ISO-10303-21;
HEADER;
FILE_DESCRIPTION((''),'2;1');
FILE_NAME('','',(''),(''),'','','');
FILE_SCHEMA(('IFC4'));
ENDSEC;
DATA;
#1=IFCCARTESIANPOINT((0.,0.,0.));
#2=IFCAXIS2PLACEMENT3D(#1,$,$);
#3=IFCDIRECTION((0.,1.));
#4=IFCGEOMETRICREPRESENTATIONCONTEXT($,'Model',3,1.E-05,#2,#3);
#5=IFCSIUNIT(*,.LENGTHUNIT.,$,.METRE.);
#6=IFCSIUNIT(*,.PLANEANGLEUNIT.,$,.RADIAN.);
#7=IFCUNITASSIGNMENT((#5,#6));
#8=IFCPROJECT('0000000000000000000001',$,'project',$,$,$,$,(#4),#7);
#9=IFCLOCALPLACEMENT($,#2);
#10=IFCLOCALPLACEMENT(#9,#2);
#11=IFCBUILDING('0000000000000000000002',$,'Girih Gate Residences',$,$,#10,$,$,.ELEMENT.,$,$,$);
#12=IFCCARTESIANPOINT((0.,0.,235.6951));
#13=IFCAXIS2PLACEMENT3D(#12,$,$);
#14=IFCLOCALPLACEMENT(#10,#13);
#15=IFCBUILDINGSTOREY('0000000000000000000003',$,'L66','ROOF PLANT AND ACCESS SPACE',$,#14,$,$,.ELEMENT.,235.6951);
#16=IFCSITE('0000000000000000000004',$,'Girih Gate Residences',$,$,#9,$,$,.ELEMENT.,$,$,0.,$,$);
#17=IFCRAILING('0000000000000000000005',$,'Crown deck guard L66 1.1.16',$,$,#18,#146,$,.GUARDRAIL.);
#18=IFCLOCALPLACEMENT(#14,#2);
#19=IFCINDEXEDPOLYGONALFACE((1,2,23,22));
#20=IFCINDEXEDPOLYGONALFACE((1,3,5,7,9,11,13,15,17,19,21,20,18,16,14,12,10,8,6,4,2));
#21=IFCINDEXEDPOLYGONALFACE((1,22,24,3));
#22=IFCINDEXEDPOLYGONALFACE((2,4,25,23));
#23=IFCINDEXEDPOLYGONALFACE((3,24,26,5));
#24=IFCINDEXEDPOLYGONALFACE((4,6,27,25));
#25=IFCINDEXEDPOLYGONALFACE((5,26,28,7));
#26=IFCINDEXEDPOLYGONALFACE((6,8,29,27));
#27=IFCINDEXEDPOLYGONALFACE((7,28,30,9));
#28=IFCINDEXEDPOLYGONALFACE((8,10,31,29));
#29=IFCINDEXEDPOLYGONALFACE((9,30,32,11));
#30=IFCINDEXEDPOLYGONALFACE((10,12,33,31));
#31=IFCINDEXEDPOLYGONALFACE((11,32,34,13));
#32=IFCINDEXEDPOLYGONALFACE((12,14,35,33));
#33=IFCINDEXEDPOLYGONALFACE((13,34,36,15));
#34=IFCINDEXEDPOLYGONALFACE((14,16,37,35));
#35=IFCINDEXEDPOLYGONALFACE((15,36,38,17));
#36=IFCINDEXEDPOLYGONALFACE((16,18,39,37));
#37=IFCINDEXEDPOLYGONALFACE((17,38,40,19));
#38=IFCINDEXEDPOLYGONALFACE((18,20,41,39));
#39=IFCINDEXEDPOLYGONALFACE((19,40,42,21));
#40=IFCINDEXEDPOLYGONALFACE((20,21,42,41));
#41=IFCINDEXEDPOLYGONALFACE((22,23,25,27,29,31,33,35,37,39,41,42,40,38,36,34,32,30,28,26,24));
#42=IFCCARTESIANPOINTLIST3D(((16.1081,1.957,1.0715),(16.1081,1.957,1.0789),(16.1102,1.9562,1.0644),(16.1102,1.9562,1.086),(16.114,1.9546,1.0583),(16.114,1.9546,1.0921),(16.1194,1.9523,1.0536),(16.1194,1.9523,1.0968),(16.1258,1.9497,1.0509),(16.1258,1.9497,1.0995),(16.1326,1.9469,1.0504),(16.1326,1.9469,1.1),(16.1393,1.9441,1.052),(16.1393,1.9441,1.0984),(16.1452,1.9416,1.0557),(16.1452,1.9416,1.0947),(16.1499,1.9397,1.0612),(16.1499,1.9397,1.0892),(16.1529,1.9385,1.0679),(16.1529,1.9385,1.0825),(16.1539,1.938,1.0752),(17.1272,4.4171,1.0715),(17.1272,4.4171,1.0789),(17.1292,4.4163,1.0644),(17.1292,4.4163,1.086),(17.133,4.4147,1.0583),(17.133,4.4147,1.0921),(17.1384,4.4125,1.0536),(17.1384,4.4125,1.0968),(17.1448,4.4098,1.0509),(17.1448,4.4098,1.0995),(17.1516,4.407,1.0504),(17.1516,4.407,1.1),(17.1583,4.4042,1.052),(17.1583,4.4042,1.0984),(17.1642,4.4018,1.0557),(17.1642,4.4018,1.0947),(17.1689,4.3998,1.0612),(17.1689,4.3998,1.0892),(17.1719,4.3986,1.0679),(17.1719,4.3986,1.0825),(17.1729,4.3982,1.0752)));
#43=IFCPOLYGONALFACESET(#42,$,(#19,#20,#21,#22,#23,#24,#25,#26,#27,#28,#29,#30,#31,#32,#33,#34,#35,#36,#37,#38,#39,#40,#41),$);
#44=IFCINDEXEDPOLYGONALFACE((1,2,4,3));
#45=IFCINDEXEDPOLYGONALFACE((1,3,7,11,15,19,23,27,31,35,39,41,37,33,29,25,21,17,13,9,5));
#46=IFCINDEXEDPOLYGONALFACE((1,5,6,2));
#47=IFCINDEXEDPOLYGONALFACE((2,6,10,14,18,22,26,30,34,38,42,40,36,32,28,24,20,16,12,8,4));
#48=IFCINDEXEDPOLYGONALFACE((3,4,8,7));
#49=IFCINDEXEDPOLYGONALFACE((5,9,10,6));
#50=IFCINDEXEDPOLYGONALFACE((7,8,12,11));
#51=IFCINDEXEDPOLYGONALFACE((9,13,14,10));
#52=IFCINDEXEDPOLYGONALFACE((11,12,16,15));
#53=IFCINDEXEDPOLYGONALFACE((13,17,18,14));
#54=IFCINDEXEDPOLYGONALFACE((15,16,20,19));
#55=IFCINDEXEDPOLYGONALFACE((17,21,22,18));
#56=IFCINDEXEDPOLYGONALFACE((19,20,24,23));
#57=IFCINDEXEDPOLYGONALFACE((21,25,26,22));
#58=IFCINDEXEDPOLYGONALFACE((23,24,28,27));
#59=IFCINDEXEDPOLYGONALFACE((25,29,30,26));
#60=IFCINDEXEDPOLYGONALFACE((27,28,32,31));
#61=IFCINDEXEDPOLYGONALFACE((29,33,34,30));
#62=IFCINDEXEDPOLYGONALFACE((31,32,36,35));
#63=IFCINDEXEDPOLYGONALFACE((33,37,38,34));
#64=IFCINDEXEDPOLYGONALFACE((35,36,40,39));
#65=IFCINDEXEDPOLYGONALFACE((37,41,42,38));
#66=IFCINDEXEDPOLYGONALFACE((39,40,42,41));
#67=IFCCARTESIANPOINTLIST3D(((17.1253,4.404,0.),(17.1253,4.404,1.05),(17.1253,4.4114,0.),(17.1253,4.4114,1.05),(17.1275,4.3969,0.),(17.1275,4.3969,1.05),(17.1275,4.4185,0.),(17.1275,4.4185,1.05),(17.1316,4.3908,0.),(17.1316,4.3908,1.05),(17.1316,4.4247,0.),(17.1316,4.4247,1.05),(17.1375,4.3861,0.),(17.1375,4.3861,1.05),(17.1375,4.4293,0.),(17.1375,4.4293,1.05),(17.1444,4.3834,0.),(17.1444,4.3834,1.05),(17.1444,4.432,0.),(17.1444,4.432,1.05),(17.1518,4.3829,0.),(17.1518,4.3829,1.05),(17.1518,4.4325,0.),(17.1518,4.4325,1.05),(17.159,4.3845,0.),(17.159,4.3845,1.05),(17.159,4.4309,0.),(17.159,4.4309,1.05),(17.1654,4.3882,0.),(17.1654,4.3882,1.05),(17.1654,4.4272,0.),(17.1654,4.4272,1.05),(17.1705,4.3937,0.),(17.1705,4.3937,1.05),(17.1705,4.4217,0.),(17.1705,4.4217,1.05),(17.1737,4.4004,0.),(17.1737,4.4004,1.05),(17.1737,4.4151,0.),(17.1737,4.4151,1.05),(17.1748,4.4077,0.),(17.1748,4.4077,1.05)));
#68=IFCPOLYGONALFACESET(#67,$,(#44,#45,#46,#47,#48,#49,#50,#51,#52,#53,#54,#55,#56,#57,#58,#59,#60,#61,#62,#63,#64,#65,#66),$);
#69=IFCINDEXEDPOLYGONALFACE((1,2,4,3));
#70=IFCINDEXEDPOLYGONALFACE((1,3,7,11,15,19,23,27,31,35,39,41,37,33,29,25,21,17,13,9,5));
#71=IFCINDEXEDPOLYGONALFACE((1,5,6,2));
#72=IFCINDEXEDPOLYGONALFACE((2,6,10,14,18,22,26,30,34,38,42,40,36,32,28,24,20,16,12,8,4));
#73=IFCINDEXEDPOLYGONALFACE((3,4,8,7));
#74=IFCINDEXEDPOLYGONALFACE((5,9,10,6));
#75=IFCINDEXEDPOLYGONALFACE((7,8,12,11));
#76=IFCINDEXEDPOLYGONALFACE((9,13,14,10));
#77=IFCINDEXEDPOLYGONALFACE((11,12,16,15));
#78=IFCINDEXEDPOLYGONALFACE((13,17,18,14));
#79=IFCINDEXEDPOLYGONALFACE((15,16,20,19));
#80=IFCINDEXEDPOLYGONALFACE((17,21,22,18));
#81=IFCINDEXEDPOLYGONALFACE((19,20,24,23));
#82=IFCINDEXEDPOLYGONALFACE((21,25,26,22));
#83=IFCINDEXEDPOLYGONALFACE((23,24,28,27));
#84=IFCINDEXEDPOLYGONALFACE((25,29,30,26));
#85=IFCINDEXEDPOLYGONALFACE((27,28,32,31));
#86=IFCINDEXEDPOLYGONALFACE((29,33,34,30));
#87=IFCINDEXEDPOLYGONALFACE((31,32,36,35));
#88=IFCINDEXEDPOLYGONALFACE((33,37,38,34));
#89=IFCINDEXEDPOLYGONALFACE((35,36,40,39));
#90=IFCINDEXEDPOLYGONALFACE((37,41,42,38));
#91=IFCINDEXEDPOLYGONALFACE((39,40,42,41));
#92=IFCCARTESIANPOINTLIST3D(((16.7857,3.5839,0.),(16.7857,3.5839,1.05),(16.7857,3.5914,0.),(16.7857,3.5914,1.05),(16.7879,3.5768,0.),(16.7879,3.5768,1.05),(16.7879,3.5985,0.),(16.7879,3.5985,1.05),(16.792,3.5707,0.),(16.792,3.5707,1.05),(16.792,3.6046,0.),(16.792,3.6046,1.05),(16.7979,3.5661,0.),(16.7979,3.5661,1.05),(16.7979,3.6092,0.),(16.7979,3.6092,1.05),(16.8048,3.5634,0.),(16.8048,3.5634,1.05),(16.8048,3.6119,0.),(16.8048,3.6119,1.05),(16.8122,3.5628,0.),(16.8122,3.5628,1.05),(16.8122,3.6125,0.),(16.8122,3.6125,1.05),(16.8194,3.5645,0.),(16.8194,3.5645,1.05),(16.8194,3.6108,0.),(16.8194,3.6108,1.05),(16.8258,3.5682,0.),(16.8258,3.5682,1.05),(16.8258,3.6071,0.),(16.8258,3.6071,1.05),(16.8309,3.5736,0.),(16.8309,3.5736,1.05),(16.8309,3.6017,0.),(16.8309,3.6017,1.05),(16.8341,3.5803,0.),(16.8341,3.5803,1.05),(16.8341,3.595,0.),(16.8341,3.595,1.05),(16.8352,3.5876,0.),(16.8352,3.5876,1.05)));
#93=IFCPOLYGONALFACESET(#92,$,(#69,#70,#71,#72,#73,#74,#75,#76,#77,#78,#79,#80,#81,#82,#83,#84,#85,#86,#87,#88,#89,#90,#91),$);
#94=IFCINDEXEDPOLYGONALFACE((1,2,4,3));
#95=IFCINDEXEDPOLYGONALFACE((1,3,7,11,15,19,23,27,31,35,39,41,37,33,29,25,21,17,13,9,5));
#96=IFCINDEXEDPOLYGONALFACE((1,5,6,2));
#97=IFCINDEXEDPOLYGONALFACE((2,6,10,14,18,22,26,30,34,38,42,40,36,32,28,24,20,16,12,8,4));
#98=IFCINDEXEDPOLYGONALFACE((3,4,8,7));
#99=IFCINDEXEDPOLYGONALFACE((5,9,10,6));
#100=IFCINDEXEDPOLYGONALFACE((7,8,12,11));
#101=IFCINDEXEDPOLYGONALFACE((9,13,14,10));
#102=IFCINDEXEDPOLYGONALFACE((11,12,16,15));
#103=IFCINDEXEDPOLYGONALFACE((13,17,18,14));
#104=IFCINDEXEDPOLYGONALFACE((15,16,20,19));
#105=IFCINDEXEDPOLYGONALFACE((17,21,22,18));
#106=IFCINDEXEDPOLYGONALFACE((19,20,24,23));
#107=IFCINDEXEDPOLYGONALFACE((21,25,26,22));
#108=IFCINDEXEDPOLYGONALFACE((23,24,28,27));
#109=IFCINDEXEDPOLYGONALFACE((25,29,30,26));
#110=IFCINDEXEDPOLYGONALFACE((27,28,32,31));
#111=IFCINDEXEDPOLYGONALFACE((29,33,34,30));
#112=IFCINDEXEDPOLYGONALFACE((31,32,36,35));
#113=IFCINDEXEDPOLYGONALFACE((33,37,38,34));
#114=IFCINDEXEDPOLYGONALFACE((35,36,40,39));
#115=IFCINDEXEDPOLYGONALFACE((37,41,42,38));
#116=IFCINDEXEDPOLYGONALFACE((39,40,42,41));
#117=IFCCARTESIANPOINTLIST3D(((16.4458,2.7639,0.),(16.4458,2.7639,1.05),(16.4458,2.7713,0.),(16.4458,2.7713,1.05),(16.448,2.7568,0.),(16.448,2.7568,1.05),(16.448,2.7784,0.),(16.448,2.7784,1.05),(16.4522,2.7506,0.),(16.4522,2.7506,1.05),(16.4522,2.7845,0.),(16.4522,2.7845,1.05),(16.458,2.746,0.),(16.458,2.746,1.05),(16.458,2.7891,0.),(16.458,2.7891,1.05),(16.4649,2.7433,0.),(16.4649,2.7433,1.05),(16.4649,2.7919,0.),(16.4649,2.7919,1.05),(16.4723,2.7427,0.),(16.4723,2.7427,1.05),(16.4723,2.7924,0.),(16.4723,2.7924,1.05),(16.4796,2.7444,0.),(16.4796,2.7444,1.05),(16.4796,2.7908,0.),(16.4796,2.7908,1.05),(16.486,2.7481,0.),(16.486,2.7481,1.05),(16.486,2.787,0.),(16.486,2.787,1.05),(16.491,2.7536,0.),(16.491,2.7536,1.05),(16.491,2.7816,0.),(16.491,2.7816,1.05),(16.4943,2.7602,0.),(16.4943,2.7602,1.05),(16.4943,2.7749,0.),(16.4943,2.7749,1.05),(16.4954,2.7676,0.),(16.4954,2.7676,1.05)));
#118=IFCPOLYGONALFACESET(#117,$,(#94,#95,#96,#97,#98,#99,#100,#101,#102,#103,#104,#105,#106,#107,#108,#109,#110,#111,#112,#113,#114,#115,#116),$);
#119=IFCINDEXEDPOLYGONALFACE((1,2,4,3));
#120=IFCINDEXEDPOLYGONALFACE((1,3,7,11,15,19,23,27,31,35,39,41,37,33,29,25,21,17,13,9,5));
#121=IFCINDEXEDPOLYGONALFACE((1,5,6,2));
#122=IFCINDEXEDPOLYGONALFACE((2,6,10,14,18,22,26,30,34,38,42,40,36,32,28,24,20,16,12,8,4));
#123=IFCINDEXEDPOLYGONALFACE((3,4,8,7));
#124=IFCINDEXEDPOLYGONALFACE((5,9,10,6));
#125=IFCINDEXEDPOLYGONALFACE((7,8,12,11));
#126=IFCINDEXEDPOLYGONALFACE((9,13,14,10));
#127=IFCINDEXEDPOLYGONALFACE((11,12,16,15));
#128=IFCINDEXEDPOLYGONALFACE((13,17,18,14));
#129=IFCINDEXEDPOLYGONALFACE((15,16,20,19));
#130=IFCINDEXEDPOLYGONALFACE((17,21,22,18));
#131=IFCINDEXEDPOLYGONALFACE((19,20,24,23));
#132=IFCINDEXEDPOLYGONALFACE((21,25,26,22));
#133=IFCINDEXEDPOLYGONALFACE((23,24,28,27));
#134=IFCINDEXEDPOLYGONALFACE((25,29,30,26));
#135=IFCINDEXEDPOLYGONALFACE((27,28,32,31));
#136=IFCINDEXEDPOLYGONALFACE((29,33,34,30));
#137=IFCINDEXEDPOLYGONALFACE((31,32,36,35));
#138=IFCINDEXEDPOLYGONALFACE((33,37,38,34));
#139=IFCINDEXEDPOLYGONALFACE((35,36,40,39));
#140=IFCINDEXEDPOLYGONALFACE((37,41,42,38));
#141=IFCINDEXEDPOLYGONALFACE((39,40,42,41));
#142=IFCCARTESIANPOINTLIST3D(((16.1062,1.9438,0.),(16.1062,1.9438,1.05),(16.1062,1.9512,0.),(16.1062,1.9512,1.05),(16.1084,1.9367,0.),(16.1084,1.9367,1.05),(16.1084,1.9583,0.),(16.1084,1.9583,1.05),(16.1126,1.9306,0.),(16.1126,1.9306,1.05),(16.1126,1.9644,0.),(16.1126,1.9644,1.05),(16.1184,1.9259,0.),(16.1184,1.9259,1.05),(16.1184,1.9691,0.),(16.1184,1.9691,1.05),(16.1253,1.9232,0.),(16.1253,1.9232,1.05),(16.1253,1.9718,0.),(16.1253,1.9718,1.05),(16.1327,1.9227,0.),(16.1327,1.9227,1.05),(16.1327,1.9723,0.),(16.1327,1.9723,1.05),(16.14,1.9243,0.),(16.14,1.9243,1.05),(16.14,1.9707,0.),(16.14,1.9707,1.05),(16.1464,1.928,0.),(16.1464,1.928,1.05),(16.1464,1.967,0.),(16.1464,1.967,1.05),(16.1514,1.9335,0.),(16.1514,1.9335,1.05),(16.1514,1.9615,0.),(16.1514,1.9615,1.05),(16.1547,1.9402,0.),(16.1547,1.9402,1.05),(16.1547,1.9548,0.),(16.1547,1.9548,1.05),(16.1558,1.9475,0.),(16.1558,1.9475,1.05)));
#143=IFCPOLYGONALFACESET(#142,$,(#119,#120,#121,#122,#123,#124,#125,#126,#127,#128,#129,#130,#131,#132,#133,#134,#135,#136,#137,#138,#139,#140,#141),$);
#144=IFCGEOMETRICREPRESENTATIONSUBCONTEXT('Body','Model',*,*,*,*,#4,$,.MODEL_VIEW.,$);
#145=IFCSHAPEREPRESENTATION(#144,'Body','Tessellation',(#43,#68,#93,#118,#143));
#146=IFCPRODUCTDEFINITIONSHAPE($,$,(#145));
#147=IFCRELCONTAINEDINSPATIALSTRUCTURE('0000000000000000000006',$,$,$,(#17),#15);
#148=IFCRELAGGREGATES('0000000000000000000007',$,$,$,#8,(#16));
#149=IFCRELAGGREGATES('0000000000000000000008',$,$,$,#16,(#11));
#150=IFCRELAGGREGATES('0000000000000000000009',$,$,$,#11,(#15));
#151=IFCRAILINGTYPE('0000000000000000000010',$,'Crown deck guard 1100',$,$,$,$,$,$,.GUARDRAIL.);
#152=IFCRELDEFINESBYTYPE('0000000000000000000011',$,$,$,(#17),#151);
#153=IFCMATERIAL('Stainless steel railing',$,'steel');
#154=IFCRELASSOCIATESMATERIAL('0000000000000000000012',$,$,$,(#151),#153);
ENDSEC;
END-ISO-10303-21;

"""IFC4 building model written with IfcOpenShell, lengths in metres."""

from ifc_helpers import new_model, si_unit, direction, frame, origin, origin_2d, place, context, subcontext, project, spatial, circle, extrude, material, type_object, element, save


model = new_model("IFC4")

# Units and contexts
model_context = context("Model", 3, precision=1e-05, world=origin(), true_north=direction((0.0, 1.0)))
body_context = subcontext(model_context, "Body", "Model", "MODEL_VIEW")
ifc_project = project(units=[si_unit("LENGTHUNIT", "METRE"), si_unit("PLANEANGLEUNIT", "RADIAN")], contexts=[model_context])

# Site, building, storey
site_placement = place(None, origin())
site = spatial("IfcSite", under=ifc_project, at=site_placement, Name="Girih Gate Residences", CompositionType="ELEMENT", RefElevation=0.0)
building_placement = place(site_placement, origin())
building = spatial("IfcBuilding", under=site, at=building_placement, Name="Girih Gate Residences", CompositionType="ELEMENT")
storey_placement = place(building_placement, frame((0.0, 0.0, 235.6951)))
storey = spatial("IfcBuildingStorey", under=building, at=storey_placement, Name="L66", Description="ROOF PLANT AND ACCESS SPACE", CompositionType="ELEMENT", Elevation=235.6951)

# Railing
ifc_material_1 = material(Name="Stainless steel railing", Category="steel")
railing_type = type_object("IfcRailingType", Name="Crown deck guard 1100", PredefinedType="GUARDRAIL", material=ifc_material_1)
railing_1_placement = place(storey_placement, frame((17.1499, 4.4077, 0.0)))
element("IfcRailing", 1, at=railing_1_placement, inside=storey, type_object=railing_type, Name="Crown deck guard L66 1.1.16", PredefinedType="GUARDRAIL", context=body_context, shape_type="SweptSolid", body=[
    extrude(circle(Radius=0.0249, at=origin_2d()), frame((0.0, 0.0, 1.0752), z_axis=(-0.382681, -0.923881, 0.0), x_axis=(0.923881, -0.382681, 0.0)), (0.0, 0.0, 1.0), 2.6628),
    extrude(circle(Radius=0.0249, at=origin_2d()), origin(), (0.0, 0.0, 1.0), 1.05),
    extrude(circle(Radius=0.0249, at=origin_2d()), frame((-0.3396, -0.8201, 0.0)), (0.0, 0.0, 1.0), 1.05),
    extrude(circle(Radius=0.0249, at=origin_2d()), frame((-0.6794, -1.6401, 0.0)), (0.0, 0.0, 1.0), 1.05),
    extrude(circle(Radius=0.0249, at=origin_2d()), frame((-1.019, -2.4602, 0.0)), (0.0, 0.0, 1.0), 1.05),
])

save(model, "model.ifc")
